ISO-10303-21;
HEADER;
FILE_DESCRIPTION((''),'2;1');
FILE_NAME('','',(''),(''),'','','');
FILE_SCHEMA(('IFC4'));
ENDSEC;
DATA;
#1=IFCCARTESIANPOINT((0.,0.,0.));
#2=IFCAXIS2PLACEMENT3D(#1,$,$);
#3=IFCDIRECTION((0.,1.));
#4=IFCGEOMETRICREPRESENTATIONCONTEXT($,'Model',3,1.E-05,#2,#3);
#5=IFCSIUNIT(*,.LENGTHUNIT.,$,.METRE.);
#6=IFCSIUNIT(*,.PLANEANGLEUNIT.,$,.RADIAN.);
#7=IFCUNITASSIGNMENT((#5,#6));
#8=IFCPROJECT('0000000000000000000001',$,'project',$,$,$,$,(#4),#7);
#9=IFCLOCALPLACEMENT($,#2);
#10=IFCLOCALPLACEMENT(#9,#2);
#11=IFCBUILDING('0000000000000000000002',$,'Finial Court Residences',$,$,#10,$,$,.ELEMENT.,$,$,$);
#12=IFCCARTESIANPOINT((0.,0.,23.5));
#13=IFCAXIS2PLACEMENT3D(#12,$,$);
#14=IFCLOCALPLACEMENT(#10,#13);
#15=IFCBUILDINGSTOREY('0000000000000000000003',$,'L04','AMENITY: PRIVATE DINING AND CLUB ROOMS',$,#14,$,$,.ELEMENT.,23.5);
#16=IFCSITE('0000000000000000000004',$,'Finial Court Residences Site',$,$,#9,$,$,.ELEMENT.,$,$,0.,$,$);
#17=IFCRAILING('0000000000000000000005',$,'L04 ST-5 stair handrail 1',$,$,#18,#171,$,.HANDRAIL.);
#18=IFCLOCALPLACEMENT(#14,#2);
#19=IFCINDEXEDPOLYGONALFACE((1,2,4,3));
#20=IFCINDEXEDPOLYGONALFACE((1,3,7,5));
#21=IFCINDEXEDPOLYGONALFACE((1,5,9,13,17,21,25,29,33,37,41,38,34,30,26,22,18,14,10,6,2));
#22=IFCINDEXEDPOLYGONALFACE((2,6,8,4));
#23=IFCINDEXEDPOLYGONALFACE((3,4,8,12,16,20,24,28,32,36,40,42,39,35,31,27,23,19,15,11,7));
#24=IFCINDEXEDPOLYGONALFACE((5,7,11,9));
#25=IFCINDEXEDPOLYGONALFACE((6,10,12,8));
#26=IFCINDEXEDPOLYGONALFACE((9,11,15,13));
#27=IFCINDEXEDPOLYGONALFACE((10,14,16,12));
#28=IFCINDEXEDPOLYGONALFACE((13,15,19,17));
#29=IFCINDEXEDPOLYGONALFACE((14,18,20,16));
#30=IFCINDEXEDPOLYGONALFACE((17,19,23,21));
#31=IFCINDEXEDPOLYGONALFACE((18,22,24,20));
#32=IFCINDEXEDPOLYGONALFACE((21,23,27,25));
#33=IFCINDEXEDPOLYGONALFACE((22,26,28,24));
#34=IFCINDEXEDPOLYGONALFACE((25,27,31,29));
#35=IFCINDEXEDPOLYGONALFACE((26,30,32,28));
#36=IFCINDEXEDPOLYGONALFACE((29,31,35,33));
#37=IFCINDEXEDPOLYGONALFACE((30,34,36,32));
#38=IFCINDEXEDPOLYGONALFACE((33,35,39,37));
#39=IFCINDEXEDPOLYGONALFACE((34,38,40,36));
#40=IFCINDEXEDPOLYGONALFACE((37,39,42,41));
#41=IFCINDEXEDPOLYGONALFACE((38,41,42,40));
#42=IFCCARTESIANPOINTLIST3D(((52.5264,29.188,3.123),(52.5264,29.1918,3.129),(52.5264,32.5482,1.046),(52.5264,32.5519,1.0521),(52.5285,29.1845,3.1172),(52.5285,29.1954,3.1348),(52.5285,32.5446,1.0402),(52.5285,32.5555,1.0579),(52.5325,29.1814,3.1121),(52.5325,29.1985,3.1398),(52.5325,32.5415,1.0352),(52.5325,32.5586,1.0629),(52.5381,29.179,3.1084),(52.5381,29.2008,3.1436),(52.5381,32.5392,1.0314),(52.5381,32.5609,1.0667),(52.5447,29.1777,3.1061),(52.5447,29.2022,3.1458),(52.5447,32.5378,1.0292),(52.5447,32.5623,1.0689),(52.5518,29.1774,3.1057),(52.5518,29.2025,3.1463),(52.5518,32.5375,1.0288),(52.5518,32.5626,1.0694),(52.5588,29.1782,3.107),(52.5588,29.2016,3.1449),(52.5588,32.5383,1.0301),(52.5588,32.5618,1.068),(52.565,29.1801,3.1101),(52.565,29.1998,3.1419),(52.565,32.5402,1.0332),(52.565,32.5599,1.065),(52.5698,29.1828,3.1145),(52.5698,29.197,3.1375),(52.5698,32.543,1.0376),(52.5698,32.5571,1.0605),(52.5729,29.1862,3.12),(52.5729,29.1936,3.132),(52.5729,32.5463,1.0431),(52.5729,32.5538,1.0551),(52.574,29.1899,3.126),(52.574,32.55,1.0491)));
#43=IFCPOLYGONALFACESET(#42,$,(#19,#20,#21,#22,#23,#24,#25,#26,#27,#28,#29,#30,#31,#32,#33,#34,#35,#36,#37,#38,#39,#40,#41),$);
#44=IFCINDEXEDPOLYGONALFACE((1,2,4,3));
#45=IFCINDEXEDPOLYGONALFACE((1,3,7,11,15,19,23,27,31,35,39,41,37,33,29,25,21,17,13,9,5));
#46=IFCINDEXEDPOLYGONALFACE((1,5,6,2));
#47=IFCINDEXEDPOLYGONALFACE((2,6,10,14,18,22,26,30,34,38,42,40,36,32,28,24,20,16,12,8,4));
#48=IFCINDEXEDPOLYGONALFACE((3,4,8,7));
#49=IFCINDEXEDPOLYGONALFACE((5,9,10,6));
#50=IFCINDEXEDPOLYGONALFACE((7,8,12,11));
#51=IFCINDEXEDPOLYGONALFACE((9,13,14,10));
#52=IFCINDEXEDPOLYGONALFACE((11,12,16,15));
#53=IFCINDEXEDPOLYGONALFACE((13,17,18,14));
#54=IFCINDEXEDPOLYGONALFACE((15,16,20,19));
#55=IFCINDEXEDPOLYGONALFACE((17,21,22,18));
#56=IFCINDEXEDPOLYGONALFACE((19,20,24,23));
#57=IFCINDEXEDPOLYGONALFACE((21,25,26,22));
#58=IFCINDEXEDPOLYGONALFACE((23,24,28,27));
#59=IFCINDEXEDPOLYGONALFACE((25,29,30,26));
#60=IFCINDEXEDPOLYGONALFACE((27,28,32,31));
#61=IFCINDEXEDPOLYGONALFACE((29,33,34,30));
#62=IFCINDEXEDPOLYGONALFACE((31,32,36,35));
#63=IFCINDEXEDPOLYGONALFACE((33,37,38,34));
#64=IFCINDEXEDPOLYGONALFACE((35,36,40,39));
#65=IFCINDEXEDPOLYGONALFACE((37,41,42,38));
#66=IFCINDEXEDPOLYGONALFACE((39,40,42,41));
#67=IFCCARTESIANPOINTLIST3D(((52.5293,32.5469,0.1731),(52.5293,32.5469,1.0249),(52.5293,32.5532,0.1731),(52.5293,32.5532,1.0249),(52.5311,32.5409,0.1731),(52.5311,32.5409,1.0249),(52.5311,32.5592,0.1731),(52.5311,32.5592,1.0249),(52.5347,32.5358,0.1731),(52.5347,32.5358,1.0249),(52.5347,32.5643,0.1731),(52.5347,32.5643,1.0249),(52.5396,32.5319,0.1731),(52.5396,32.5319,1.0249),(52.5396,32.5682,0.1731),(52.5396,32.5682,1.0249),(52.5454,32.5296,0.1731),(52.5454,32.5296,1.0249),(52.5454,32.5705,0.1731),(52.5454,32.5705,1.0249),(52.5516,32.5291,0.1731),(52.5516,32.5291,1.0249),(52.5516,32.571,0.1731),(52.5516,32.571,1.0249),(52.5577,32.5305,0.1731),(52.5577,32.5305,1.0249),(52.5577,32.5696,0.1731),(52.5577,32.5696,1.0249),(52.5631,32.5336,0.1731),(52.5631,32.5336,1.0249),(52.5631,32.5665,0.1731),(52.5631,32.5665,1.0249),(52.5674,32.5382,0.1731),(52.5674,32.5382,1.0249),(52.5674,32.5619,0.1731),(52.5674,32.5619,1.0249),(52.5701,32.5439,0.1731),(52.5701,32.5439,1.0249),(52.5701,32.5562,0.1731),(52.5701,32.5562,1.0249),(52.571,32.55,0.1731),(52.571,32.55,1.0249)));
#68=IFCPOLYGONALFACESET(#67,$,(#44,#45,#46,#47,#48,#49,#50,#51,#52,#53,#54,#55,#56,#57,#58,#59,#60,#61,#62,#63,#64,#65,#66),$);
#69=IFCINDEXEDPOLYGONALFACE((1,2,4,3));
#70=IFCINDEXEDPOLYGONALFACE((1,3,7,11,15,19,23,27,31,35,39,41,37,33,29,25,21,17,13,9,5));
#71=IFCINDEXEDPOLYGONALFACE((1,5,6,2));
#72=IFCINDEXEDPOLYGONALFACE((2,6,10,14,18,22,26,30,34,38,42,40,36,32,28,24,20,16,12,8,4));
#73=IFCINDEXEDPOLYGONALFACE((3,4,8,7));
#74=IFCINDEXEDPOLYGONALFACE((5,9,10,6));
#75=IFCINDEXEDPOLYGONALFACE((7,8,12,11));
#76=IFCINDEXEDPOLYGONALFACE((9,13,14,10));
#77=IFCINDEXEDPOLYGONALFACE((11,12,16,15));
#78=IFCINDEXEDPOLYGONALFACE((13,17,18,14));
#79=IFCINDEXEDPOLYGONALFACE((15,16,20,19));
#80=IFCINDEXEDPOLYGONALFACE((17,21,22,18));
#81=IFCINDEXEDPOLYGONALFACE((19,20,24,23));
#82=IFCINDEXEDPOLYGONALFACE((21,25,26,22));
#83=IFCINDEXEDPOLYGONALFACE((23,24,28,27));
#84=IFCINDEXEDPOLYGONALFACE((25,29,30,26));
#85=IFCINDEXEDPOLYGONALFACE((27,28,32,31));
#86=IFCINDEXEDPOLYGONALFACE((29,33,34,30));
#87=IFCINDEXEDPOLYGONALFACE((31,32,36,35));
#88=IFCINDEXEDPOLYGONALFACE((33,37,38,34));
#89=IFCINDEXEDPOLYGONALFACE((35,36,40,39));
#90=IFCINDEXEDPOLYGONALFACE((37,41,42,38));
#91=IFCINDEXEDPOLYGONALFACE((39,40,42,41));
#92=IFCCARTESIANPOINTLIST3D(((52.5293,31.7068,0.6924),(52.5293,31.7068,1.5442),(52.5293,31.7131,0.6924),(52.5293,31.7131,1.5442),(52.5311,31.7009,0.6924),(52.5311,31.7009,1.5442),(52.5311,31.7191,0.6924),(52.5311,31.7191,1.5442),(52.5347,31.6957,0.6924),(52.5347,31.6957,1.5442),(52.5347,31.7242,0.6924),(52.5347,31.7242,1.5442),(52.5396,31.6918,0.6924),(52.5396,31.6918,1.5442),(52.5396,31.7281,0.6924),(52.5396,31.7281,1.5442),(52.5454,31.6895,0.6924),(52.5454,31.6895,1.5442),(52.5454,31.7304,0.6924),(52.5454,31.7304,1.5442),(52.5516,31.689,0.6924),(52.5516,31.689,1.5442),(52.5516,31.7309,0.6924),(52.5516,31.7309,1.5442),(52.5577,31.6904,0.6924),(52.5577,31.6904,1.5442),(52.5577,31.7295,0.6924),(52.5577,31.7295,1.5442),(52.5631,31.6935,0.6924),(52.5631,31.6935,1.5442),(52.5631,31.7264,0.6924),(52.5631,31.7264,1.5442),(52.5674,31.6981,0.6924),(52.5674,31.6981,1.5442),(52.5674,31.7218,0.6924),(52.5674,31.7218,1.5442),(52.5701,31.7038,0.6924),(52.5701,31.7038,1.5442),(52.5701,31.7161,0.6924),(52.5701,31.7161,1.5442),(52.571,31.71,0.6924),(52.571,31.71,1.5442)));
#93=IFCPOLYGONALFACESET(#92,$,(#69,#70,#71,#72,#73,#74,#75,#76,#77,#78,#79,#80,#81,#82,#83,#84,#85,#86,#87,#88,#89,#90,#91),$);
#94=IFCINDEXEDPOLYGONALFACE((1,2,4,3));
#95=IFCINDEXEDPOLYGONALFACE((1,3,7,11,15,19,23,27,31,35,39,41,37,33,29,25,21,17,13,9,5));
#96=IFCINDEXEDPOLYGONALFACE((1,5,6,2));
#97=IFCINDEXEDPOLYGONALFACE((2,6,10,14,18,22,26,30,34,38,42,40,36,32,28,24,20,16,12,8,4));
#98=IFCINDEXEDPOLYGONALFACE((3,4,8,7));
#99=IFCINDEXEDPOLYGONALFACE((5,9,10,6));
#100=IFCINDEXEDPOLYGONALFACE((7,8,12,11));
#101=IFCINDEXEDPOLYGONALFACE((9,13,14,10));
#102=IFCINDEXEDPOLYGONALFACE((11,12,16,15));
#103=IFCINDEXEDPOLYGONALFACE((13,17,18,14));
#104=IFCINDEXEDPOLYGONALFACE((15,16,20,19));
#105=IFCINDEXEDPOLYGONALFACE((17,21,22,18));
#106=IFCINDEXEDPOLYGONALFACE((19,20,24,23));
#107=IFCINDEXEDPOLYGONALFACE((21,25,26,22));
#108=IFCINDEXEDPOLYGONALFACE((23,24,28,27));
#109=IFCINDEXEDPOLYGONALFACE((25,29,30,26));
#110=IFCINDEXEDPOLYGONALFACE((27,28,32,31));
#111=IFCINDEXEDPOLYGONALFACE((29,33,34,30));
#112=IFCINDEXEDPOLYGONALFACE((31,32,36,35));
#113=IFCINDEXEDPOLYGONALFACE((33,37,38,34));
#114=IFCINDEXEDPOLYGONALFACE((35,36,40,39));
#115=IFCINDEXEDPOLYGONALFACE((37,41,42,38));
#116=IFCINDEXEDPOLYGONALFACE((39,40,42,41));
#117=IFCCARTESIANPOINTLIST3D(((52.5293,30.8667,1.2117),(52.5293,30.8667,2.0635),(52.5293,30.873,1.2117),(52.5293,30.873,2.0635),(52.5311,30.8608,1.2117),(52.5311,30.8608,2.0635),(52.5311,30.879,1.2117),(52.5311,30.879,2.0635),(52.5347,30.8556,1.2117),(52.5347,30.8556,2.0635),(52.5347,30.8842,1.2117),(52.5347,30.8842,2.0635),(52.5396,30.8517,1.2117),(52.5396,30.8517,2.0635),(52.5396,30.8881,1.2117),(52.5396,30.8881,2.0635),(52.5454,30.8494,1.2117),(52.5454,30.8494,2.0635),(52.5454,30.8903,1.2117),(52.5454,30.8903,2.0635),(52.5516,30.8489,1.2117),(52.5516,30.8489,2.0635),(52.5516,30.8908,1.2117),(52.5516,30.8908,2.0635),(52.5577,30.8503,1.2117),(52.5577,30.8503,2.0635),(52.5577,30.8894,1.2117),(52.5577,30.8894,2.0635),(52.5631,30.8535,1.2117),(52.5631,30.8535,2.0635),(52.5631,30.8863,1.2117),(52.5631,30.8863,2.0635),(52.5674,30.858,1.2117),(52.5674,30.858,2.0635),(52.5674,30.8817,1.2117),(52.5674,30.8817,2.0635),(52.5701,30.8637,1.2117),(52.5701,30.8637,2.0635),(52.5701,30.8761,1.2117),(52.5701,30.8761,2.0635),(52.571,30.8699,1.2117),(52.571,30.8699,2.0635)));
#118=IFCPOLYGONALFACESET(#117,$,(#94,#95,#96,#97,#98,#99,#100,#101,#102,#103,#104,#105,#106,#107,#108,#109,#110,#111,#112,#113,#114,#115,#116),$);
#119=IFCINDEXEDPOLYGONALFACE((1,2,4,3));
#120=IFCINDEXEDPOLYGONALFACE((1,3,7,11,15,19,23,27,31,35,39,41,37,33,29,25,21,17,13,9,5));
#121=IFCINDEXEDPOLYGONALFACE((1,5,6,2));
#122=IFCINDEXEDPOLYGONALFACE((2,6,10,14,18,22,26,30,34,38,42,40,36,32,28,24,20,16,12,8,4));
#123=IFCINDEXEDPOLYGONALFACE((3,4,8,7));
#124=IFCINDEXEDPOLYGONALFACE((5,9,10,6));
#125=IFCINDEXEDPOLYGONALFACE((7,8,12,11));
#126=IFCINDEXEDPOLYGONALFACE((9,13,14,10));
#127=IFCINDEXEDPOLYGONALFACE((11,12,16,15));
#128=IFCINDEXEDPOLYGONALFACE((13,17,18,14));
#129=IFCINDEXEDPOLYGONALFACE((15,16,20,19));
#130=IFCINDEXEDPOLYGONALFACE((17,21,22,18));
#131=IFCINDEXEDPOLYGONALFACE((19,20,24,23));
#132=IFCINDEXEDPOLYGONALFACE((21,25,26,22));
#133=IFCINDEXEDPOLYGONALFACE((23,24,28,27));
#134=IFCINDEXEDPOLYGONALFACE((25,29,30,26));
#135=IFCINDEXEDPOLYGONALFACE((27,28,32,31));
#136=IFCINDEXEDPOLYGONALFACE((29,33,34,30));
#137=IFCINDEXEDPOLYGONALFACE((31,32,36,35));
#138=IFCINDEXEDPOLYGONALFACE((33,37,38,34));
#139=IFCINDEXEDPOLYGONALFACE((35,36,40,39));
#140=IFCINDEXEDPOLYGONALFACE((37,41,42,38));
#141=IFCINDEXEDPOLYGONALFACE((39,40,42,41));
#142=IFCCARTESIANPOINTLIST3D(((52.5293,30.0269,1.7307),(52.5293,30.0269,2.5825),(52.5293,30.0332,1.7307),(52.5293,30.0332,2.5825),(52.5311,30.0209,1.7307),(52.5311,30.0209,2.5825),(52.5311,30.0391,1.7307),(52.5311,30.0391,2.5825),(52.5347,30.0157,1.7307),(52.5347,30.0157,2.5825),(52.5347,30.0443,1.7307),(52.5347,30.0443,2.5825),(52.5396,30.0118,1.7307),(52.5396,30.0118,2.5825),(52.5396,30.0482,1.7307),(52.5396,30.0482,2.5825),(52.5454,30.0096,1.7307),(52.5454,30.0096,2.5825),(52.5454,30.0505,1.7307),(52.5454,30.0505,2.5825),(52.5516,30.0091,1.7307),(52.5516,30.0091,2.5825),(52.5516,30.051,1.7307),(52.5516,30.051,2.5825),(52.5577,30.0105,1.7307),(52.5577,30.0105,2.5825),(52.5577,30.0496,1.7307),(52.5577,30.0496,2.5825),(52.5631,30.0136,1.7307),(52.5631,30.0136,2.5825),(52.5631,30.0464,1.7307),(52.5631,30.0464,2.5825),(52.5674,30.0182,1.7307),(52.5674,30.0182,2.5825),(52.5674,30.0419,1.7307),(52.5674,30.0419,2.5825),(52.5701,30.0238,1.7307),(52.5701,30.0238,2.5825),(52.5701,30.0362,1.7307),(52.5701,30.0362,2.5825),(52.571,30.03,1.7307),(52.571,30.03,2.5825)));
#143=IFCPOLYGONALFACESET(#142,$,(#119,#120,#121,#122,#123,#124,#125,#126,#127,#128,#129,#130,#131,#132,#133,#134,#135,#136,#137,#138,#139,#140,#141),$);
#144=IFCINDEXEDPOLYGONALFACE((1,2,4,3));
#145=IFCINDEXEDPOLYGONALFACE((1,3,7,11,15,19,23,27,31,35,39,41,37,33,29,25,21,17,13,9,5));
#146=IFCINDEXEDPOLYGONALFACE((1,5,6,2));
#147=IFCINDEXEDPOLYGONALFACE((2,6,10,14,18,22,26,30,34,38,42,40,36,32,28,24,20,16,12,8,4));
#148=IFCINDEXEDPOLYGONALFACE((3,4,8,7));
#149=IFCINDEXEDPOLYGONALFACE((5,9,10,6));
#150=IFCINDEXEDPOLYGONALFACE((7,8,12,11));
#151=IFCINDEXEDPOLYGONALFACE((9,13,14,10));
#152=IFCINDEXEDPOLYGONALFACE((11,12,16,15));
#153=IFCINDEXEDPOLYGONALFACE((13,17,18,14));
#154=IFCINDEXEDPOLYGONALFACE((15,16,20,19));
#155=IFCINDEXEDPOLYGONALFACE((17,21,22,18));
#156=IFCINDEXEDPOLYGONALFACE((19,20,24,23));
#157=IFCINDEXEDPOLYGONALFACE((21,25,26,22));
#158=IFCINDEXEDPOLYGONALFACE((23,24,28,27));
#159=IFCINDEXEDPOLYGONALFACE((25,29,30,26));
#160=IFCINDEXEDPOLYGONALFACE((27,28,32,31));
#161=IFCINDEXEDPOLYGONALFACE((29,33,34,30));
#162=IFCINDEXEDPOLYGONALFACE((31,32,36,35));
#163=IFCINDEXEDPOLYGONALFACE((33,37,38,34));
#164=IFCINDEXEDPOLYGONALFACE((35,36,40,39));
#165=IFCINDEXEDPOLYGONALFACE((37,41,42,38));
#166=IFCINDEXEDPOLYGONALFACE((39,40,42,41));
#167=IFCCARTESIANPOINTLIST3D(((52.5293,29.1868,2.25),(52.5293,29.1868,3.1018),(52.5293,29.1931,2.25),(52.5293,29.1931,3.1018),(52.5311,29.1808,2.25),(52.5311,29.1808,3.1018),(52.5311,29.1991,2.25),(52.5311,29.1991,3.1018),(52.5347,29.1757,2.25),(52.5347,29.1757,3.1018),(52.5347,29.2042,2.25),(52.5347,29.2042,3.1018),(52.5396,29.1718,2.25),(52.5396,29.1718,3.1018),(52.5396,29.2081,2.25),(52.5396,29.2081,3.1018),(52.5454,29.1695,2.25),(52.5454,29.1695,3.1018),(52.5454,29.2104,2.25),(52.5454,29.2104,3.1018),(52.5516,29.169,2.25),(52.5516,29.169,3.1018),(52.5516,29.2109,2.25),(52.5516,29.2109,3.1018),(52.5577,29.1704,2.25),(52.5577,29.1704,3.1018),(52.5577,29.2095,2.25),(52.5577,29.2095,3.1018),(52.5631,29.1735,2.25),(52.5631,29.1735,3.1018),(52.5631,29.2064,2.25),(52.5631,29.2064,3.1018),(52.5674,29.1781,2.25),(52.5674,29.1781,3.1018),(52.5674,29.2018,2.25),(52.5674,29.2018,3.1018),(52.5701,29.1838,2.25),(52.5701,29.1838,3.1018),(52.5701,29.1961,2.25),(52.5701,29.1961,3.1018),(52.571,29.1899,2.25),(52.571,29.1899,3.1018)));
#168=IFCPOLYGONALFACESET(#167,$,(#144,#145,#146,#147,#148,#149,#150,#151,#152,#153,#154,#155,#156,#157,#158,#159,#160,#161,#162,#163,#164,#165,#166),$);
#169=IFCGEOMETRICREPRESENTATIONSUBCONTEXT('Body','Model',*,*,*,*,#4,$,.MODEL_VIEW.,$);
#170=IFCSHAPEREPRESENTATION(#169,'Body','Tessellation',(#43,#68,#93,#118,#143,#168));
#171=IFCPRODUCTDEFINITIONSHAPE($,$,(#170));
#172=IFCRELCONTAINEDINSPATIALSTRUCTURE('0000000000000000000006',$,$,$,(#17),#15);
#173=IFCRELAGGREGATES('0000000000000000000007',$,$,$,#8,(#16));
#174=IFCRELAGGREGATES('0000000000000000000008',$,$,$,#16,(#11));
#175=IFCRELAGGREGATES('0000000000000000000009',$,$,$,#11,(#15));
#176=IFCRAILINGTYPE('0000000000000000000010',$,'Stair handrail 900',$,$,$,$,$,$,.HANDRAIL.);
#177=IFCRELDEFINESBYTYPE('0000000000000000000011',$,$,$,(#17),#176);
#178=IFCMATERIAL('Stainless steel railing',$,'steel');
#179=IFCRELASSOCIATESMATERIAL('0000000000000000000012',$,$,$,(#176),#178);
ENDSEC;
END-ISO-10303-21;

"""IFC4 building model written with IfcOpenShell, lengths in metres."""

from ifc_helpers import new_model, si_unit, direction, frame, origin, origin_2d, place, context, subcontext, project, spatial, circle, extrude, material, type_object, element, save


model = new_model("IFC4")

# Units and contexts
model_context = context("Model", 3, precision=1e-05, world=origin(), true_north=direction((0.0, 1.0)))
body_context = subcontext(model_context, "Body", "Model", "MODEL_VIEW")
ifc_project = project(units=[si_unit("LENGTHUNIT", "METRE"), si_unit("PLANEANGLEUNIT", "RADIAN")], contexts=[model_context])

# Site, building, storey
site_placement = place(None, origin())
site = spatial("IfcSite", under=ifc_project, at=site_placement, Name="Finial Court Residences Site", CompositionType="ELEMENT", RefElevation=0.0)
building_placement = place(site_placement, origin())
building = spatial("IfcBuilding", under=site, at=building_placement, Name="Finial Court Residences", CompositionType="ELEMENT")
storey_placement = place(building_placement, frame((0.0, 0.0, 23.5)))
storey = spatial("IfcBuildingStorey", under=building, at=storey_placement, Name="L04", Description="AMENITY: PRIVATE DINING AND CLUB ROOMS", CompositionType="ELEMENT", Elevation=23.5)

# Railing
ifc_material_1 = material(Name="Stainless steel railing", Category="steel")
railing_type_1 = type_object("IfcRailingType", Name="Stair handrail 900", PredefinedType="HANDRAIL", material=ifc_material_1)
railing_1_placement = place(storey_placement, frame((52.55, 32.55, 0.1731)))
element("IfcRailing", 1, at=railing_1_placement, inside=storey, type_object=railing_type_1, Name="L04 ST-5 stair handrail 1", PredefinedType="HANDRAIL", context=body_context, shape_type="SweptSolid", body=[
    extrude(circle(Radius=0.0239, at=origin_2d()), frame((0.0, 0.0, 0.876), z_axis=(0.0, -0.850623, 0.525776), x_axis=(1.0, 0.0, 0.0)), (0.0, 0.0, 1.0), 3.9502),
    extrude(circle(Radius=0.021, at=origin_2d()), origin(), (0.0, 0.0, 1.0), 0.8518),
    extrude(circle(Radius=0.021, at=origin_2d()), frame((0.0, -0.8401, 0.5193)), (0.0, 0.0, 1.0), 0.8518),
    extrude(circle(Radius=0.021, at=origin_2d()), frame((0.0, -1.6802, 1.0386)), (0.0, 0.0, 1.0), 0.8518),
    extrude(circle(Radius=0.021, at=origin_2d()), frame((0.0, -2.52, 1.5576)), (0.0, 0.0, 1.0), 0.8518),
    extrude(circle(Radius=0.021, at=origin_2d()), frame((0.0, -3.3601, 2.0769)), (0.0, 0.0, 1.0), 0.8518),
])

save(model, "model.ifc")
